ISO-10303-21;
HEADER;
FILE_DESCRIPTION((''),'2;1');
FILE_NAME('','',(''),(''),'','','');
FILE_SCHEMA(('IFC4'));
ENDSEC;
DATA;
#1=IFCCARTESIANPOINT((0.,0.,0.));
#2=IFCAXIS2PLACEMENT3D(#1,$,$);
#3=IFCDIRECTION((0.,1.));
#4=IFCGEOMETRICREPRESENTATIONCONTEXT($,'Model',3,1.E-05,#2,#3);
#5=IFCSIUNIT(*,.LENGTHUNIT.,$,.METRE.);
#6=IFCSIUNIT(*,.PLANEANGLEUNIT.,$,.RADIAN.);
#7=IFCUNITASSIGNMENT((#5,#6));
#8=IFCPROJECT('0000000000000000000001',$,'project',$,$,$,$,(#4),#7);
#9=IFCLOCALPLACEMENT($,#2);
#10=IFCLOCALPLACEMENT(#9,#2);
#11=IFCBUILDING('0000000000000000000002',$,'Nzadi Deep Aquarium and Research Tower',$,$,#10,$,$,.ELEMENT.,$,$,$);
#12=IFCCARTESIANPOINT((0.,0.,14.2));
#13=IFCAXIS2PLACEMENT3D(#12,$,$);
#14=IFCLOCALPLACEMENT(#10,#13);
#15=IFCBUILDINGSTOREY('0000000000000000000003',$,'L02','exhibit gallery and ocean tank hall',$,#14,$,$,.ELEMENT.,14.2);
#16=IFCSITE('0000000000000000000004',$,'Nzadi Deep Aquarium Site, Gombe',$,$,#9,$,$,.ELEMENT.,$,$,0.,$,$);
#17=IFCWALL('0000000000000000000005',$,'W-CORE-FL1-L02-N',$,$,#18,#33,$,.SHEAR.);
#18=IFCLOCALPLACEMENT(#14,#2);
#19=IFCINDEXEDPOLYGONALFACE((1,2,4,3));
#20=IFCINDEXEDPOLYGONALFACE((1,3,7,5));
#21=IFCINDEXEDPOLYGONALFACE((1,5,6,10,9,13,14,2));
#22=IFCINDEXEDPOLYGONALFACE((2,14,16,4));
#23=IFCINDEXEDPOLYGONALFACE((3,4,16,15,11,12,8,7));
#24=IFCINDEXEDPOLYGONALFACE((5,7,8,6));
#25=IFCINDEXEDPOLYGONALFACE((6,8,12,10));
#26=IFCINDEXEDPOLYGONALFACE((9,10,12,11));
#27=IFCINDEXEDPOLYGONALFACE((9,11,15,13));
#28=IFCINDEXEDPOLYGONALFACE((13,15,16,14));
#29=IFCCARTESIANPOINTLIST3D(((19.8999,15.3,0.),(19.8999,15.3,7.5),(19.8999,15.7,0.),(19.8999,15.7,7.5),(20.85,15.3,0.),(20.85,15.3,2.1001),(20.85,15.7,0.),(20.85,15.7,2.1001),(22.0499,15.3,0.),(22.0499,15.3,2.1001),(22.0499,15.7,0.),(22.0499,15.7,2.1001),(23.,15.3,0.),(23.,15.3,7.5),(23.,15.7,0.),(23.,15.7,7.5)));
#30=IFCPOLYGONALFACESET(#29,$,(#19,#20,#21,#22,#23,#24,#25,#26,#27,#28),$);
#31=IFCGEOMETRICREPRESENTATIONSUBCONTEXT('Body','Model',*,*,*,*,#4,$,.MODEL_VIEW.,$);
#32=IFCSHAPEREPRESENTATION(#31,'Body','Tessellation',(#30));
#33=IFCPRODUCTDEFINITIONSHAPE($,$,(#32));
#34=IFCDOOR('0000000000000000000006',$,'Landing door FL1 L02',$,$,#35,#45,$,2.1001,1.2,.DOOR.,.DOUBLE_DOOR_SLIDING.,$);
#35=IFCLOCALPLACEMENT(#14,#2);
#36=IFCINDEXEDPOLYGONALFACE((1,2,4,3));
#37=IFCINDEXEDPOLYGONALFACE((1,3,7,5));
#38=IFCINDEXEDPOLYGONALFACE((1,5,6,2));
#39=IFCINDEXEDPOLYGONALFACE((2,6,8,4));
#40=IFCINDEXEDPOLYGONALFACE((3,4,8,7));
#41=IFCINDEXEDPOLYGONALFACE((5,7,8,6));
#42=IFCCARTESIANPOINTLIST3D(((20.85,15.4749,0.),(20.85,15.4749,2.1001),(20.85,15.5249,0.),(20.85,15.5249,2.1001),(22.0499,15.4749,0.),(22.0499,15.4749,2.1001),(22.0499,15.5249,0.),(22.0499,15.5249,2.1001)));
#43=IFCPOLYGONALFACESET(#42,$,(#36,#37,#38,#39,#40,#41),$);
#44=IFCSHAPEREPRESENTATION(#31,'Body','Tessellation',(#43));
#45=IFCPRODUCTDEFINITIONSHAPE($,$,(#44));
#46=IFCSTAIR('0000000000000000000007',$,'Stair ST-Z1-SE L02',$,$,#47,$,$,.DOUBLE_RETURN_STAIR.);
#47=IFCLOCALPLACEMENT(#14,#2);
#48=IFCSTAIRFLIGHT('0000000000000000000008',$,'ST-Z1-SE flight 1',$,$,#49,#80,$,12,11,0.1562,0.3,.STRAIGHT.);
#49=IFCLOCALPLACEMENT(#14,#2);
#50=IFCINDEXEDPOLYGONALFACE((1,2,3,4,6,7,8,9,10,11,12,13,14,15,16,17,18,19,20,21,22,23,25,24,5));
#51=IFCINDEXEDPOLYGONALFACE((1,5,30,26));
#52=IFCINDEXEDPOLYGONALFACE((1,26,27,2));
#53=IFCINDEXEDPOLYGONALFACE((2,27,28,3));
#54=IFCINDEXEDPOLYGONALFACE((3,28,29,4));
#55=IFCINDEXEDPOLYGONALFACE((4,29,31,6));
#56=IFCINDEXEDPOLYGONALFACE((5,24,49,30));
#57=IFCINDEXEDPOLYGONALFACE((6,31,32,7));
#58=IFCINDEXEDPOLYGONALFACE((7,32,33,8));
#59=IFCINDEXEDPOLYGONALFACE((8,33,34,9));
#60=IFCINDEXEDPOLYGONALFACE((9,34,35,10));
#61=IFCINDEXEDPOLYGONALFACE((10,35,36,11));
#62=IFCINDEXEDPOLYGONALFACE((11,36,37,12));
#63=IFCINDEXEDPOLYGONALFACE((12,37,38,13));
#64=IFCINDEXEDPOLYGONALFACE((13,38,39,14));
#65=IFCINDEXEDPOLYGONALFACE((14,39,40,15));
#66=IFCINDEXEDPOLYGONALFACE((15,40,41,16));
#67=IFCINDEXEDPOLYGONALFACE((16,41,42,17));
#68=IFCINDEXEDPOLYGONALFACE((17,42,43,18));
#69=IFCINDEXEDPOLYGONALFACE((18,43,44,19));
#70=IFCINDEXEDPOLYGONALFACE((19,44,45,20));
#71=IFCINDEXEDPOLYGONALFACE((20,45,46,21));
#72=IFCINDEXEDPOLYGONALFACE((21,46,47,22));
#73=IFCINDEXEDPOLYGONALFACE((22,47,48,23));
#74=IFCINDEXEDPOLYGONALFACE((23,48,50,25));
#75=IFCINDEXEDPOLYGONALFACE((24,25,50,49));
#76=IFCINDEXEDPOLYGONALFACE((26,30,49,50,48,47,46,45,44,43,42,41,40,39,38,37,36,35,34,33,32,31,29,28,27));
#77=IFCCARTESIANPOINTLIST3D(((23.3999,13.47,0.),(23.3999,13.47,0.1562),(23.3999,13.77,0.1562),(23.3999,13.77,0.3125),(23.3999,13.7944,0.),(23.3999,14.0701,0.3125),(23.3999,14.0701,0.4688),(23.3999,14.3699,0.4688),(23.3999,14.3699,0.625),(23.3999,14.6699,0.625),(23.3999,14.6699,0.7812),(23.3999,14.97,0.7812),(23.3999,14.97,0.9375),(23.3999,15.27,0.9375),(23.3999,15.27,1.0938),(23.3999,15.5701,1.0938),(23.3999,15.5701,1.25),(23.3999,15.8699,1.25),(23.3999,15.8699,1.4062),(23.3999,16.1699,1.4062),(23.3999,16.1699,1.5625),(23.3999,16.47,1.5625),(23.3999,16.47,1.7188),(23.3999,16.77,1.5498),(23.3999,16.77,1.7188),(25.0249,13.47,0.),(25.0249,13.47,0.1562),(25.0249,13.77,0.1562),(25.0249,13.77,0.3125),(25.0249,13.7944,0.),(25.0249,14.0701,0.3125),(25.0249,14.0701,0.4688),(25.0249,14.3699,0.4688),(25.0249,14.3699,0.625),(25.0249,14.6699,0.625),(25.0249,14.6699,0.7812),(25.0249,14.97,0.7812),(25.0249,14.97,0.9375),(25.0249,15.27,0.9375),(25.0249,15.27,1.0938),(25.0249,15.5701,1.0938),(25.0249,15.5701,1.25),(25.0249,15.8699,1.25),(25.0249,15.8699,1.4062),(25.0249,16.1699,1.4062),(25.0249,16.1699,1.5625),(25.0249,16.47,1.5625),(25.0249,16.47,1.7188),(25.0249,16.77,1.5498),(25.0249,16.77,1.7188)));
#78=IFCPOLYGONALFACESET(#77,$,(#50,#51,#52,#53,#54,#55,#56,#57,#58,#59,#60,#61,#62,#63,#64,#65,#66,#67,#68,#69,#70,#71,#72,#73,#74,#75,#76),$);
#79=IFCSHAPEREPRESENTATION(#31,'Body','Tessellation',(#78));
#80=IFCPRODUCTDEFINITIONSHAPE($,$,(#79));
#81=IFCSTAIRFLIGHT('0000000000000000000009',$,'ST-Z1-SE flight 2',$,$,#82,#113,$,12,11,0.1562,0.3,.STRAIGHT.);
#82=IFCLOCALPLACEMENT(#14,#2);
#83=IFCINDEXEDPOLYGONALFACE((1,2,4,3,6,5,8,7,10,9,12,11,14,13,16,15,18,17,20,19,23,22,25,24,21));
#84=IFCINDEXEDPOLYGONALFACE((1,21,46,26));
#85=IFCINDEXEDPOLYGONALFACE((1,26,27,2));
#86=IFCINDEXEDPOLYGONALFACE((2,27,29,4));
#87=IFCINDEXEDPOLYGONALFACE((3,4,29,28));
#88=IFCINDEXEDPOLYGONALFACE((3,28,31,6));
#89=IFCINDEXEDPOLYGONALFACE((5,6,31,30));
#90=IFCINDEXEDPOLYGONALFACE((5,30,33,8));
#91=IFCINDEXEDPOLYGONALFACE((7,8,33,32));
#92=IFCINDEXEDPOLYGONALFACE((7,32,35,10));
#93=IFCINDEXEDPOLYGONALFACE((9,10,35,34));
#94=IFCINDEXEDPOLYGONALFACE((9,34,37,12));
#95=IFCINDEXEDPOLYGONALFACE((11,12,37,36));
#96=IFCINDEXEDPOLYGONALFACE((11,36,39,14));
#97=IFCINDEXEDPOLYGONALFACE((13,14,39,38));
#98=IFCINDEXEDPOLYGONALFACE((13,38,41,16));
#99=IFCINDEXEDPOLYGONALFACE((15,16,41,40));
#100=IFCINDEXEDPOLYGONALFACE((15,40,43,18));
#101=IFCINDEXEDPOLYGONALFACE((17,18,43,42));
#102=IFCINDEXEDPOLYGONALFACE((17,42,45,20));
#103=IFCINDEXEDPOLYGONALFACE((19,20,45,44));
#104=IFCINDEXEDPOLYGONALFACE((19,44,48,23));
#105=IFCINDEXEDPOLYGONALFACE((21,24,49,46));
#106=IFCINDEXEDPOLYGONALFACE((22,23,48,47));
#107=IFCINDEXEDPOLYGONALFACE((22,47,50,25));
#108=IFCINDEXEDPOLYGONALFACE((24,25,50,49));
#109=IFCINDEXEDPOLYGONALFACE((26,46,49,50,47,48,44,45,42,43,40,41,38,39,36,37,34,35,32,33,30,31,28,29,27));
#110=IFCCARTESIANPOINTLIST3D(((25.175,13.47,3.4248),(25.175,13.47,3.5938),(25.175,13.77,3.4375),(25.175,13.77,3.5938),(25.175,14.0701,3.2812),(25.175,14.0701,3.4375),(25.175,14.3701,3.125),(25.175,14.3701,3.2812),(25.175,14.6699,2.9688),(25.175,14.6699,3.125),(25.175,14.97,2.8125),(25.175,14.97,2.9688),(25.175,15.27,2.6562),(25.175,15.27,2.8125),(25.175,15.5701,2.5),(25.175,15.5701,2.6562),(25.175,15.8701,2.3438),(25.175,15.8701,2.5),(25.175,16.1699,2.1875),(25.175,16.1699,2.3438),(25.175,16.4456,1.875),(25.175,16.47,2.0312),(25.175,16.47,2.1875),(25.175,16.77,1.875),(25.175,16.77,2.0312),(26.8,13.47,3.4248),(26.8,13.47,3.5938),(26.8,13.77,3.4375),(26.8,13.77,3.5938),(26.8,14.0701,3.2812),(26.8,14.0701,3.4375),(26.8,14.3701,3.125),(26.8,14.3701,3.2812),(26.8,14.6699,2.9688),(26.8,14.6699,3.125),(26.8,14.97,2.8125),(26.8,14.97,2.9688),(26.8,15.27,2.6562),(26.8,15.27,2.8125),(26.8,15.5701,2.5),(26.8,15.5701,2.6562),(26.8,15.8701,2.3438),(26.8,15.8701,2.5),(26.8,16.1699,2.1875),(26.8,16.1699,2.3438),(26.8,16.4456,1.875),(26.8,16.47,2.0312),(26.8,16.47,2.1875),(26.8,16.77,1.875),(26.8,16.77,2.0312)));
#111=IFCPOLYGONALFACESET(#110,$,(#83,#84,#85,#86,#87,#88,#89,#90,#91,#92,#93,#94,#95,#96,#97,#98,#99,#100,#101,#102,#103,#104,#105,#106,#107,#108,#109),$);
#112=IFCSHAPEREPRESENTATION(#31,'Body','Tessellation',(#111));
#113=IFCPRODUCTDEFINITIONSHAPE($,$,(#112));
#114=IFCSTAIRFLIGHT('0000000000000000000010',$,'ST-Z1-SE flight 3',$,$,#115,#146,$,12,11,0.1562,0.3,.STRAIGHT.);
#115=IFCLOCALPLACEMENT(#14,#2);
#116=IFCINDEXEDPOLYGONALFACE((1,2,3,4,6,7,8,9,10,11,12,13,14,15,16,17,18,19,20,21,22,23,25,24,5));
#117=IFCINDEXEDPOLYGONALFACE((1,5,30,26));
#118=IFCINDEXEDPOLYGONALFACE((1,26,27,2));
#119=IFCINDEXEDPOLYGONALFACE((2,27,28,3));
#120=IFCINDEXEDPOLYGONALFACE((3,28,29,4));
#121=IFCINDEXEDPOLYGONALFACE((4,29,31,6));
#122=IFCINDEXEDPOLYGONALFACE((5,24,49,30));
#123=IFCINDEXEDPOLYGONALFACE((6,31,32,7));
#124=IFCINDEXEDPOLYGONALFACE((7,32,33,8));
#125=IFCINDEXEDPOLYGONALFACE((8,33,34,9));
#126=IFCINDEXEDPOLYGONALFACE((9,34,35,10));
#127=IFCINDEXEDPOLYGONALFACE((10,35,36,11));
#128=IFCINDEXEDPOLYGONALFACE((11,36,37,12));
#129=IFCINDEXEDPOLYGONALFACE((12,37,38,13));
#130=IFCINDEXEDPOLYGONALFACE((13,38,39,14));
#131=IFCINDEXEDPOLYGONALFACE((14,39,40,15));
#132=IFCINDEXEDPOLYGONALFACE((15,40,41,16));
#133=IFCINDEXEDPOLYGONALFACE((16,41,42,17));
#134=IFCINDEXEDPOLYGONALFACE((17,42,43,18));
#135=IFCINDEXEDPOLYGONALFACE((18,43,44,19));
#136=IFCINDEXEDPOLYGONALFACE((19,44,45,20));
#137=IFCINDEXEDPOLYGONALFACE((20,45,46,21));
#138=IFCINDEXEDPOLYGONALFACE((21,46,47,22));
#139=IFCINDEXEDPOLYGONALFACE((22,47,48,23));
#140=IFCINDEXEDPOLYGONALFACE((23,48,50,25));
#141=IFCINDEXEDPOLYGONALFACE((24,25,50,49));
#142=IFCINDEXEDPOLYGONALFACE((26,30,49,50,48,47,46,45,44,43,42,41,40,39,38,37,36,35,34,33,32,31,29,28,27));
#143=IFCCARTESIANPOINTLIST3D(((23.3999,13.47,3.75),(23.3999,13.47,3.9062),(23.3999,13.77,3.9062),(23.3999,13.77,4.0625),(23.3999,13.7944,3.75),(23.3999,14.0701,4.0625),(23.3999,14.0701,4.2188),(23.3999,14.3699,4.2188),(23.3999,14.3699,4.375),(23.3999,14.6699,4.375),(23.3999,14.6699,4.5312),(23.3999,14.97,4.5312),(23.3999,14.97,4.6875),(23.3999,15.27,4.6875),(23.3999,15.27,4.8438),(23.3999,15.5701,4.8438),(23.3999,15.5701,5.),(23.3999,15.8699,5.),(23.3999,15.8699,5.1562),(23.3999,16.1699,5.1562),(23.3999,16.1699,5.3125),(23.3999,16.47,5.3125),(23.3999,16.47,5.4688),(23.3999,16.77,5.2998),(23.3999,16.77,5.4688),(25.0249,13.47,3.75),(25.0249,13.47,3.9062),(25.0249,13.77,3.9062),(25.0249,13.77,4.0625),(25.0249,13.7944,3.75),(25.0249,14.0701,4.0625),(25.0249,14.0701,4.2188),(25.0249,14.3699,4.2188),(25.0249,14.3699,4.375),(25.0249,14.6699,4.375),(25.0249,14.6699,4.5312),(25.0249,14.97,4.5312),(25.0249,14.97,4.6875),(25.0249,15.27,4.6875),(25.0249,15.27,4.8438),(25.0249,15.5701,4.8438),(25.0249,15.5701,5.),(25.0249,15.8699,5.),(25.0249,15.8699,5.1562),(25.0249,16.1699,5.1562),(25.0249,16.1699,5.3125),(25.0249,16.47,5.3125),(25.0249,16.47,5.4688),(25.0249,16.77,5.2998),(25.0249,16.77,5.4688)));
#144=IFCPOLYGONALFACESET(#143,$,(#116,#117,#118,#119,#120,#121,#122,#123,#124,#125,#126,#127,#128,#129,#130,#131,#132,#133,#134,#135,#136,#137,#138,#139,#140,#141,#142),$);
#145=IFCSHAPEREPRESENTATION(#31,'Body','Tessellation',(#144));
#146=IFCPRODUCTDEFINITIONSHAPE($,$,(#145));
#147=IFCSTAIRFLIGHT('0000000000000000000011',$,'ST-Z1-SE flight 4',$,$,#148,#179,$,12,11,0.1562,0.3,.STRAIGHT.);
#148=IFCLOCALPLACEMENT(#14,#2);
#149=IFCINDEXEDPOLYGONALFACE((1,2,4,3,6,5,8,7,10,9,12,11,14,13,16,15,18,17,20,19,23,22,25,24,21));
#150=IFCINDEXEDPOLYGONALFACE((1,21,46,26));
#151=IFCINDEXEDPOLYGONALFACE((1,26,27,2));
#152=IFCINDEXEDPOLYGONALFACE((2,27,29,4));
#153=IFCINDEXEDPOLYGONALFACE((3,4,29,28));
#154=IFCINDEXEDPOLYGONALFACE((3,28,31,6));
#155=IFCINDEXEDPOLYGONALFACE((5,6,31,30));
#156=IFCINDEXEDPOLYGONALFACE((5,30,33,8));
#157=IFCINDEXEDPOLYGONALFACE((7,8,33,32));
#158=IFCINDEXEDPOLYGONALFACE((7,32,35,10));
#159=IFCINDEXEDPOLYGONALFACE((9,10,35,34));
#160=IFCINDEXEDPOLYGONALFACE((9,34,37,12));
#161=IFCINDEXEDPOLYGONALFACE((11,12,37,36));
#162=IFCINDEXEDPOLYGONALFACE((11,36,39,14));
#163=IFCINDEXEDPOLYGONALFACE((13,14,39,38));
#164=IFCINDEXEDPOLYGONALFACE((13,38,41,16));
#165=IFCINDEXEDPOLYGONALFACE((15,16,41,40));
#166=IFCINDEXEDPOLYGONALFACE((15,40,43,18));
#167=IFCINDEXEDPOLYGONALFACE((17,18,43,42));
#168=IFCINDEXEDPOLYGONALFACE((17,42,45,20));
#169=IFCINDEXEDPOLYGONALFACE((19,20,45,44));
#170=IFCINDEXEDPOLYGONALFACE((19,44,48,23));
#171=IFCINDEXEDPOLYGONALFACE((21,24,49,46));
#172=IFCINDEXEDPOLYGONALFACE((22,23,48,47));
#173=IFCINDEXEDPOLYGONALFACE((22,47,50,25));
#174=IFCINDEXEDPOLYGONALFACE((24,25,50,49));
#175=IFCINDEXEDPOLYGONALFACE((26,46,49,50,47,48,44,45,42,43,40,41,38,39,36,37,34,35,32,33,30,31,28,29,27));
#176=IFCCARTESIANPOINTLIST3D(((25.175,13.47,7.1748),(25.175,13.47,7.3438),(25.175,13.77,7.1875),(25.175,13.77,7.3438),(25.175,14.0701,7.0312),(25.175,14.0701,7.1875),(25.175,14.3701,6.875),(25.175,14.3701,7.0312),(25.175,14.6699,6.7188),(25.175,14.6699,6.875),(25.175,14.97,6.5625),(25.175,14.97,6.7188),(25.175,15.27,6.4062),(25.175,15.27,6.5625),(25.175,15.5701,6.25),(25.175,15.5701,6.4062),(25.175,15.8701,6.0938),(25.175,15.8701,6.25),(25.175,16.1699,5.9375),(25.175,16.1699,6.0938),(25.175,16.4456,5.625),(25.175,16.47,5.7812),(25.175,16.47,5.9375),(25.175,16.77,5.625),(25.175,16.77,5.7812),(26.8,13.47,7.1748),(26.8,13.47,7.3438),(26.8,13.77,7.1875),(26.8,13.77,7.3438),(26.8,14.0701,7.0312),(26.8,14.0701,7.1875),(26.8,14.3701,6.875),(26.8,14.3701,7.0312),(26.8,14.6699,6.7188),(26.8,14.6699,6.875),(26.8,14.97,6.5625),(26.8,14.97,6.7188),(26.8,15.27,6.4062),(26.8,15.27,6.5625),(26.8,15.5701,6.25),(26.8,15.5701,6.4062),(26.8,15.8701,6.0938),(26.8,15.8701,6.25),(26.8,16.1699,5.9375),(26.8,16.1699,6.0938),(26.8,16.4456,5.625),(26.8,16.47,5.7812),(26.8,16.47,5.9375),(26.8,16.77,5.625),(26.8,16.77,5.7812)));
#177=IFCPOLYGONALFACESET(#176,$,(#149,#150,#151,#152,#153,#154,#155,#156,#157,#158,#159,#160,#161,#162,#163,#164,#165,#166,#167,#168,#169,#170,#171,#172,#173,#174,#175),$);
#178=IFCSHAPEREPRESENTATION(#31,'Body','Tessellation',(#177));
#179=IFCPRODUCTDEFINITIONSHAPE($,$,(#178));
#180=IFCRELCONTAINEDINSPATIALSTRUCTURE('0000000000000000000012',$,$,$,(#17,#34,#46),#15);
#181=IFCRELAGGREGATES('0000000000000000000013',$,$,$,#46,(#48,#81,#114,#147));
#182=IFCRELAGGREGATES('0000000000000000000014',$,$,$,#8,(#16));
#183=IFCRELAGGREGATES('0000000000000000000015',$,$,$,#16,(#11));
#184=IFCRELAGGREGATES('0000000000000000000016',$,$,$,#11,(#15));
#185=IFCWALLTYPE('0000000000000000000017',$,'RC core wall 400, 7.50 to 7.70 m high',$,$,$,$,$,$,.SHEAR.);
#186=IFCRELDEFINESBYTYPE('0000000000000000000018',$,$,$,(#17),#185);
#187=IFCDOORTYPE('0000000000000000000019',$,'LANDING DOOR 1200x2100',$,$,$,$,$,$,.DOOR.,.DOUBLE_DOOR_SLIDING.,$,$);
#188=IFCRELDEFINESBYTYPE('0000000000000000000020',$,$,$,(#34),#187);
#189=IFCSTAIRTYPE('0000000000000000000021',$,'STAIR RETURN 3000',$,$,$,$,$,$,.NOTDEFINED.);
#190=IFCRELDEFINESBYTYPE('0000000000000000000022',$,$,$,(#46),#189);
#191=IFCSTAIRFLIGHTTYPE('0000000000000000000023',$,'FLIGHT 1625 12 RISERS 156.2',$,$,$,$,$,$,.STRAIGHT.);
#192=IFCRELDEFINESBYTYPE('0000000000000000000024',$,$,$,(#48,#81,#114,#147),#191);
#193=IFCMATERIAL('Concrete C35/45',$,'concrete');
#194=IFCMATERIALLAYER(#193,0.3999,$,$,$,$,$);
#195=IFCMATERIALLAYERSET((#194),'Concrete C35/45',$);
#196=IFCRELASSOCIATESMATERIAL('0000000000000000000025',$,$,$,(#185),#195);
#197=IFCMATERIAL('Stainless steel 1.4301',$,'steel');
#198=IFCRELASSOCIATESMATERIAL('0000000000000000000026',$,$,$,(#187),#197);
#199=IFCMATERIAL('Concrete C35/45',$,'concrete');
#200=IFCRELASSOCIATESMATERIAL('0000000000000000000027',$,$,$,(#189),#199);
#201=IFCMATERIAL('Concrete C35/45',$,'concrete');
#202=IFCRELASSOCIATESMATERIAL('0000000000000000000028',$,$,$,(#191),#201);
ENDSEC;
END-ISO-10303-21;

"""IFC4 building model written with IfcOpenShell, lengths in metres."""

from ifc_helpers import new_model, si_unit, direction, frame, frame_2d, origin, place, context, subcontext, project, spatial, polyline, rectangle, outline, extrude, material, layer, layer_set, type_object, element, fill, aggregate, save


model = new_model("IFC4")

# Units and contexts
model_context = context("Model", 3, precision=1e-05, world=origin(), true_north=direction((0.0, 1.0)))
body_context = subcontext(model_context, "Body", "Model", "MODEL_VIEW")
ifc_project = project(units=[si_unit("LENGTHUNIT", "METRE"), si_unit("PLANEANGLEUNIT", "RADIAN")], contexts=[model_context])

# Site, building, storey
site_placement = place(None, origin())
site = spatial("IfcSite", under=ifc_project, at=site_placement, Name="Nzadi Deep Aquarium Site, Gombe", CompositionType="ELEMENT", RefElevation=0.0)
building_placement = place(site_placement, origin())
building = spatial("IfcBuilding", under=site, at=building_placement, Name="Nzadi Deep Aquarium and Research Tower", CompositionType="ELEMENT")
storey_placement = place(building_placement, frame((0.0, 0.0, 14.2)))
storey = spatial("IfcBuildingStorey", under=building, at=storey_placement, Name="L02", Description="exhibit gallery and ocean tank hall", CompositionType="ELEMENT", Elevation=14.2)

# Shared definitions
ifc_material_1 = material(Name="Concrete C35/45", Category="concrete")
ifc_layer_1 = layer(ifc_material_1, 0.3999)
ifc_layer_set_1 = layer_set([ifc_layer_1], Name="Concrete C35/45")
wall_type_1 = type_object("IfcWallType", Name="RC core wall 400, 7.50 to 7.70 m high", PredefinedType="SHEAR", material=ifc_layer_set_1)

# Wall, opening, door
wall_1_placement = place(storey_placement, frame((19.8999, 15.5, 0.0), z_axis=(0.0, 0.0, 1.0), x_axis=(1.0, 0.0, 0.0)))
wall_1 = element("IfcWall", 1, at=wall_1_placement, inside=storey, type_object=wall_type_1, Name="W-CORE-FL1-L02-N", PredefinedType="SHEAR", context=body_context, shape_type="SweptSolid", body=[
    extrude(rectangle(XDim=3.1001, YDim=0.3999, at=frame_2d((1.55, 0.0))), origin(), (0.0, 0.0, 1.0), 7.5),
])
opening_1_placement = place(wall_1_placement, frame((0.95, 0.0, 0.0)))
opening_1 = element("IfcOpeningElement", 2, at=opening_1_placement, cuts=wall_1, PredefinedType="OPENING", context=body_context, shape_type="SweptSolid", body=[
    extrude(rectangle(XDim=1.2, YDim=2.1001, at=frame_2d((0.6001, 1.05))), frame((0.0, 0.21, 0.0), z_axis=(0.0, -1.0, 0.0), x_axis=(1.0, 0.0, 0.0)), (0.0, 0.0, 1.0), 0.4199),
])
ifc_material_2 = material(Name="Stainless steel 1.4301", Category="steel")
door_type_1 = type_object("IfcDoorType", Name="LANDING DOOR 1200x2100", OperationType="DOUBLE_DOOR_SLIDING", PredefinedType="DOOR", material=ifc_material_2)
door_1_placement = place(opening_1_placement, origin())
door_1 = element("IfcDoor", 3, at=door_1_placement, inside=storey, type_object=door_type_1, Name="Landing door FL1 L02", OperationType="DOUBLE_DOOR_SLIDING", OverallHeight=2.1001, OverallWidth=1.2, PredefinedType="DOOR", context=body_context, shape_type="SweptSolid", body=[
    extrude(rectangle(XDim=1.2, YDim=2.1001, at=frame_2d((0.6001, 1.05))), frame((0.0, 0.0249, 0.0), z_axis=(0.0, -1.0, 0.0), x_axis=(1.0, 0.0, 0.0)), (0.0, 0.0, 1.0), 0.05),
])
fill(opening_1, door_1)

# Stair, stair flights
ifc_material_3 = material(Name="Concrete C35/45", Category="concrete")
stair_type = type_object("IfcStairType", Name="STAIR RETURN 3000", PredefinedType="NOTDEFINED", material=ifc_material_3)
stair_placement = place(storey_placement, origin())
stair = element("IfcStair", 4, at=stair_placement, inside=storey, type_object=stair_type, Name="Stair ST-Z1-SE L02", PredefinedType="DOUBLE_RETURN_STAIR")
ifc_material_4 = material(Name="Concrete C35/45", Category="concrete")
stair_flight_type = type_object("IfcStairFlightType", Name="FLIGHT 1625 12 RISERS 156.2", PredefinedType="STRAIGHT", material=ifc_material_4)
stair_flight_1_placement = place(storey_placement, frame((24.2124, 13.47, 0.0), z_axis=(0.0, 0.0, 1.0), x_axis=(0.0, 1.0, 0.0)))
stair_flight_1 = element("IfcStairFlight", 5, at=stair_flight_1_placement, type_object=stair_flight_type, Name="ST-Z1-SE flight 1", NumberOfRisers=12, NumberOfTreads=11, PredefinedType="STRAIGHT", RiserHeight=0.1562, TreadLength=0.3, context=body_context, shape_type="SweptSolid", body=[
    extrude(outline(polyline([(0.0, 0.0), (0.0, 0.1562), (0.3, 0.1562), (0.3, 0.3125), (0.6001, 0.3125), (0.6001, 0.4688), (0.8999, 0.4688), (0.8999, 0.625), (1.2, 0.625), (1.2, 0.7812), (1.5, 0.7812), (1.5, 0.9375), (1.8, 0.9375), (1.8, 1.0938), (2.1001, 1.0938), (2.1001, 1.25), (2.3999, 1.25), (2.3999, 1.4062), (2.7, 1.4062), (2.7, 1.5625), (3.0, 1.5625), (3.0, 1.7188), (3.3, 1.7188), (3.3, 1.875), (3.3, 1.5498), (0.3245, 0.0), (0.0, 0.0)])), frame((0.0, 0.8125, 0.0), z_axis=(0.0, -1.0, 0.0), x_axis=(1.0, 0.0, 0.0)), (0.0, 0.0, 1.0), 1.625),
])
stair_flight_2_placement = place(storey_placement, frame((25.9875, 16.77, 1.875), z_axis=(0.0, 0.0, 1.0), x_axis=(0.0, -1.0, 0.0)))
stair_flight_2 = element("IfcStairFlight", 6, at=stair_flight_2_placement, type_object=stair_flight_type, Name="ST-Z1-SE flight 2", NumberOfRisers=12, NumberOfTreads=11, PredefinedType="STRAIGHT", RiserHeight=0.1562, TreadLength=0.3, context=body_context, shape_type="SweptSolid", body=[
    extrude(outline(polyline([(0.0, 0.0), (0.0, 0.1562), (0.3, 0.1562), (0.3, 0.3125), (0.6001, 0.3125), (0.6001, 0.4688), (0.8999, 0.4688), (0.8999, 0.625), (1.2, 0.625), (1.2, 0.7812), (1.5, 0.7812), (1.5, 0.9375), (1.8, 0.9375), (1.8, 1.0938), (2.1001, 1.0938), (2.1001, 1.25), (2.3999, 1.25), (2.3999, 1.4062), (2.7, 1.4062), (2.7, 1.5625), (3.0, 1.5625), (3.0, 1.7188), (3.3, 1.7188), (3.3, 1.875), (3.3, 1.5498), (0.3245, 0.0), (0.0, 0.0)])), frame((0.0, 0.8125, 0.0), z_axis=(0.0, -1.0, 0.0), x_axis=(1.0, 0.0, 0.0)), (0.0, 0.0, 1.0), 1.625),
])
stair_flight_3_placement = place(storey_placement, frame((24.2124, 13.47, 3.75), z_axis=(0.0, 0.0, 1.0), x_axis=(0.0, 1.0, 0.0)))
stair_flight_3 = element("IfcStairFlight", 7, at=stair_flight_3_placement, type_object=stair_flight_type, Name="ST-Z1-SE flight 3", NumberOfRisers=12, NumberOfTreads=11, PredefinedType="STRAIGHT", RiserHeight=0.1562, TreadLength=0.3, context=body_context, shape_type="SweptSolid", body=[
    extrude(outline(polyline([(0.0, 0.0), (0.0, 0.1562), (0.3, 0.1562), (0.3, 0.3125), (0.6001, 0.3125), (0.6001, 0.4688), (0.8999, 0.4688), (0.8999, 0.625), (1.2, 0.625), (1.2, 0.7812), (1.5, 0.7812), (1.5, 0.9375), (1.8, 0.9375), (1.8, 1.0938), (2.1001, 1.0938), (2.1001, 1.25), (2.3999, 1.25), (2.3999, 1.4062), (2.7, 1.4062), (2.7, 1.5625), (3.0, 1.5625), (3.0, 1.7188), (3.3, 1.7188), (3.3, 1.875), (3.3, 1.5498), (0.3245, 0.0), (0.0, 0.0)])), frame((0.0, 0.8125, 0.0), z_axis=(0.0, -1.0, 0.0), x_axis=(1.0, 0.0, 0.0)), (0.0, 0.0, 1.0), 1.625),
])
stair_flight_4_placement = place(storey_placement, frame((25.9875, 16.77, 5.625), z_axis=(0.0, 0.0, 1.0), x_axis=(0.0, -1.0, 0.0)))
stair_flight_4 = element("IfcStairFlight", 8, at=stair_flight_4_placement, type_object=stair_flight_type, Name="ST-Z1-SE flight 4", NumberOfRisers=12, NumberOfTreads=11, PredefinedType="STRAIGHT", RiserHeight=0.1562, TreadLength=0.3, context=body_context, shape_type="SweptSolid", body=[
    extrude(outline(polyline([(0.0, 0.0), (0.0, 0.1562), (0.3, 0.1562), (0.3, 0.3125), (0.6001, 0.3125), (0.6001, 0.4688), (0.8999, 0.4688), (0.8999, 0.625), (1.2, 0.625), (1.2, 0.7812), (1.5, 0.7812), (1.5, 0.9375), (1.8, 0.9375), (1.8, 1.0938), (2.1001, 1.0938), (2.1001, 1.25), (2.3999, 1.25), (2.3999, 1.4062), (2.7, 1.4062), (2.7, 1.5625), (3.0, 1.5625), (3.0, 1.7188), (3.3, 1.7188), (3.3, 1.875), (3.3, 1.5498), (0.3245, 0.0), (0.0, 0.0)])), frame((0.0, 0.8125, 0.0), z_axis=(0.0, -1.0, 0.0), x_axis=(1.0, 0.0, 0.0)), (0.0, 0.0, 1.0), 1.625),
])
aggregate(stair, [stair_flight_1, stair_flight_2, stair_flight_3, stair_flight_4])

save(model, "model.ifc")
